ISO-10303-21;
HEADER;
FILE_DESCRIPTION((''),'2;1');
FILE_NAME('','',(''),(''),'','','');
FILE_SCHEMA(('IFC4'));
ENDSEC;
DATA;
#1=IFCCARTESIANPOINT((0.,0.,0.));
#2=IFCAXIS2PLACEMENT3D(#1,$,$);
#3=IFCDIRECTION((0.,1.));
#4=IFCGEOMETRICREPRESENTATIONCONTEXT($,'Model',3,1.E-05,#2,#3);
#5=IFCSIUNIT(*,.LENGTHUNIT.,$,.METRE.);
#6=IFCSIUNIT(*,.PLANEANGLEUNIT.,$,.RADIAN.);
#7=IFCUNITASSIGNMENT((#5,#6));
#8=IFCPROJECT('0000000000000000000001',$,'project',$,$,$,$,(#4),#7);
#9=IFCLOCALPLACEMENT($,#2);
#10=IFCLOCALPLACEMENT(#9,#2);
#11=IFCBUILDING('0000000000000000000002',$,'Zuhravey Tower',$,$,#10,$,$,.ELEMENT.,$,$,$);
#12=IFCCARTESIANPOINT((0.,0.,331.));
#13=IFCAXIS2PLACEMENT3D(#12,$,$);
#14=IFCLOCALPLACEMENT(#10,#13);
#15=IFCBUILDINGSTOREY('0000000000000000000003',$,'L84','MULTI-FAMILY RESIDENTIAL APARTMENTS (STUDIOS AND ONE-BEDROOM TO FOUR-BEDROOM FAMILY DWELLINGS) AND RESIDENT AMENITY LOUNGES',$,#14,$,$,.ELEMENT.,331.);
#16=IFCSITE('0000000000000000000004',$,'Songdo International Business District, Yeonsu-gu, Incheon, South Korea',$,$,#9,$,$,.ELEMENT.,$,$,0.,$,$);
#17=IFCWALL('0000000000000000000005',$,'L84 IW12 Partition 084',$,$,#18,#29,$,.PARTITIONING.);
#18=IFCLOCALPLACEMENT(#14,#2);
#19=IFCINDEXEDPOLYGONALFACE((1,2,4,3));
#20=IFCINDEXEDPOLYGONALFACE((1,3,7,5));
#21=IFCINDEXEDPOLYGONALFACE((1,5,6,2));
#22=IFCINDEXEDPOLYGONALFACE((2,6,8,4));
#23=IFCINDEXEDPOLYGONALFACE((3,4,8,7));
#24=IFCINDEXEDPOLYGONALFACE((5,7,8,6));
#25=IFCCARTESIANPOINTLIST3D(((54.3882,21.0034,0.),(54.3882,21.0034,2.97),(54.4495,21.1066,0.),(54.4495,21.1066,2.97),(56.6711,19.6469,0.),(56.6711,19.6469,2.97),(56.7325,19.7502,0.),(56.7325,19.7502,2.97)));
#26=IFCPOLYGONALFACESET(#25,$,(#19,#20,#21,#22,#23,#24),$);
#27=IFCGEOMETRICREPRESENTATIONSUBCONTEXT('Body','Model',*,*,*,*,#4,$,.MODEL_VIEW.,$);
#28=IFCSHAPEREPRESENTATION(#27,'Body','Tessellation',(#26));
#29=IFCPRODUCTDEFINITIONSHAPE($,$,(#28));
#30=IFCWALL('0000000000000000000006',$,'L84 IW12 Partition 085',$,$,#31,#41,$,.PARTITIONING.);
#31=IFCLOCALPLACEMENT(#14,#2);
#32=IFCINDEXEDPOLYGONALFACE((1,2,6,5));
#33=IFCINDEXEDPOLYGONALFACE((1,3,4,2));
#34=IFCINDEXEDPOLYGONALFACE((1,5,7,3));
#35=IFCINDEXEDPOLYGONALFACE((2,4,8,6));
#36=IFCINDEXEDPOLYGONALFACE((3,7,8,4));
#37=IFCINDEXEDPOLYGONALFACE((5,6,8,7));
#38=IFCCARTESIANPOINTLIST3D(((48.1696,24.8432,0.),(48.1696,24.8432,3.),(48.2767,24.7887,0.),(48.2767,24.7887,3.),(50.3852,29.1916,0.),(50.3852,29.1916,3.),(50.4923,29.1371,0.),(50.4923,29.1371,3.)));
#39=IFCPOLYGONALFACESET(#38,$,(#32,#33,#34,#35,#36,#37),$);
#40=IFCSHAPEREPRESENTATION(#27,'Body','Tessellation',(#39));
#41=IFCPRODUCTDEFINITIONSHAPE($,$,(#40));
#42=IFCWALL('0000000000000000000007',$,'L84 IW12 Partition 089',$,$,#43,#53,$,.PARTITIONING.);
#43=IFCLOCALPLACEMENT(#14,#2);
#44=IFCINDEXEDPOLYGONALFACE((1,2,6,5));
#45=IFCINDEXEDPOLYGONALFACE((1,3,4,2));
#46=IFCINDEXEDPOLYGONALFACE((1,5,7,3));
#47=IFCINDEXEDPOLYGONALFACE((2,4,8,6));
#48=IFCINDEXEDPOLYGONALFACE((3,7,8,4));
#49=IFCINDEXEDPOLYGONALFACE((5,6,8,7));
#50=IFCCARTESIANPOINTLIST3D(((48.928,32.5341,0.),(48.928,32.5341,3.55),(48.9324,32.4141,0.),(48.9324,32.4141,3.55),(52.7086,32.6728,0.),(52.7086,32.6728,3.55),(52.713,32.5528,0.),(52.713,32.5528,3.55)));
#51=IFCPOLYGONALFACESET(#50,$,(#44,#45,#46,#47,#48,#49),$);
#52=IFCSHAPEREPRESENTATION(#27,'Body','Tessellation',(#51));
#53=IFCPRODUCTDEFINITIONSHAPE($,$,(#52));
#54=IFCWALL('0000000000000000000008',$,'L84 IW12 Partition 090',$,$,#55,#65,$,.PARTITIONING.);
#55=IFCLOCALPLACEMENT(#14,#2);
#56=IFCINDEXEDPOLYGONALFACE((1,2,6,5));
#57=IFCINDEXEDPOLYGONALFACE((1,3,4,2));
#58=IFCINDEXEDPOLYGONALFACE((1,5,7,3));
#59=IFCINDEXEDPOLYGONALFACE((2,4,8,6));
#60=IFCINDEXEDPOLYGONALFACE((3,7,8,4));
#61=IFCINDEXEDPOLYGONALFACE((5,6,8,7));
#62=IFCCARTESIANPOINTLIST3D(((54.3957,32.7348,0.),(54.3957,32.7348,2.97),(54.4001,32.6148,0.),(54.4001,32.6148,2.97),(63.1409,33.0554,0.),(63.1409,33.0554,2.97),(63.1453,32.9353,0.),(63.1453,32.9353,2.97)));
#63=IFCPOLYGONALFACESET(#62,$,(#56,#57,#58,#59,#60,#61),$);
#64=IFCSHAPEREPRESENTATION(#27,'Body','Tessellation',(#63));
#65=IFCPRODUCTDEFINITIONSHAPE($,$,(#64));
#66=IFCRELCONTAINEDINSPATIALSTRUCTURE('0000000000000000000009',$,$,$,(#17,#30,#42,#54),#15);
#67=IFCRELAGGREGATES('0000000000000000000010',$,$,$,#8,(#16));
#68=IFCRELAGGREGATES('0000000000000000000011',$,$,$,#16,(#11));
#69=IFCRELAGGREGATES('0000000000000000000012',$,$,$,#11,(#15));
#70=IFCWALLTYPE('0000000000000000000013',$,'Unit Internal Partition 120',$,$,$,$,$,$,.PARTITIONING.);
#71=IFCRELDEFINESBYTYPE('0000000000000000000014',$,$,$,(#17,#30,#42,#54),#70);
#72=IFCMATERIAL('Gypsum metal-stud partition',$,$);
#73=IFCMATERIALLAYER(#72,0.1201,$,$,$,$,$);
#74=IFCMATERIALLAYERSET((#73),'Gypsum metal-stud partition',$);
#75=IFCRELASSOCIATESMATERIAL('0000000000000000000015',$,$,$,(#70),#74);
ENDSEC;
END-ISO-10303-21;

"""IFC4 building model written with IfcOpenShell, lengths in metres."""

from ifc_helpers import new_model, si_unit, direction, frame, frame_2d, origin, place, context, subcontext, project, spatial, rectangle, extrude, material, layer, layer_set, type_object, element, save


model = new_model("IFC4")

# Units and contexts
model_context = context("Model", 3, precision=1e-05, world=origin(), true_north=direction((0.0, 1.0)))
body_context = subcontext(model_context, "Body", "Model", "MODEL_VIEW")
ifc_project = project(units=[si_unit("LENGTHUNIT", "METRE"), si_unit("PLANEANGLEUNIT", "RADIAN")], contexts=[model_context])

# Site, building, storey
site_placement = place(None, origin())
site = spatial("IfcSite", under=ifc_project, at=site_placement, Name="Songdo International Business District, Yeonsu-gu, Incheon, South Korea", CompositionType="ELEMENT", RefElevation=0.0)
building_placement = place(site_placement, origin())
building = spatial("IfcBuilding", under=site, at=building_placement, Name="Zuhravey Tower", CompositionType="ELEMENT")
storey_placement = place(building_placement, frame((0.0, 0.0, 331.0)))
storey = spatial("IfcBuildingStorey", under=building, at=storey_placement, Name="L84", Description="MULTI-FAMILY RESIDENTIAL APARTMENTS (STUDIOS AND ONE-BEDROOM TO FOUR-BEDROOM FAMILY DWELLINGS) AND RESIDENT AMENITY LOUNGES", CompositionType="ELEMENT", Elevation=331.0)

# Shared definitions
ifc_material_1 = material(Name="Gypsum metal-stud partition")
ifc_layer_1 = layer(ifc_material_1, 0.1201)
ifc_layer_set_1 = layer_set([ifc_layer_1], Name="Gypsum metal-stud partition")
wall_type_1 = type_object("IfcWallType", Name="Unit Internal Partition 120", PredefinedType="PARTITIONING", material=ifc_layer_set_1)

# Walls
wall_1_placement = place(storey_placement, frame((54.4189, 21.0549, 0.0), z_axis=(0.0, 0.0, 1.0), x_axis=(0.8597, -0.5108, 0.0)))
element("IfcWall", 1, at=wall_1_placement, inside=storey, type_object=wall_type_1, Name="L84 IW12 Partition 084", PredefinedType="PARTITIONING", context=body_context, shape_type="SweptSolid", body=[
    extrude(rectangle(XDim=2.6555, YDim=0.1201, at=frame_2d((1.3276, 0.0))), origin(), (0.0, 0.0, 1.0), 2.97),
])
wall_2_placement = place(storey_placement, frame((48.2231, 24.8159, 0.0), z_axis=(0.0, 0.0, 1.0), x_axis=(0.453984, 0.89101, 0.0)))
element("IfcWall", 2, at=wall_2_placement, inside=storey, type_object=wall_type_1, Name="L84 IW12 Partition 085", PredefinedType="PARTITIONING", context=body_context, shape_type="SweptSolid", body=[
    extrude(rectangle(XDim=4.8804, YDim=0.1201, at=frame_2d((2.4402, 0.0))), origin(), (0.0, 0.0, 1.0), 3.0),
])
wall_3_placement = place(storey_placement, frame((48.9302, 32.4741, 0.0), z_axis=(0.0, 0.0, 1.0), x_axis=(0.999328, 0.036654, 0.0)))
element("IfcWall", 3, at=wall_3_placement, inside=storey, type_object=wall_type_1, Name="L84 IW12 Partition 089", PredefinedType="PARTITIONING", context=body_context, shape_type="SweptSolid", body=[
    extrude(rectangle(XDim=3.7832, YDim=0.1201, at=frame_2d((1.8916, 0.0))), origin(), (0.0, 0.0, 1.0), 3.55),
])
wall_4_placement = place(storey_placement, frame((54.3979, 32.6748, 0.0), z_axis=(0.0, 0.0, 1.0), x_axis=(0.999329, 0.036631, 0.0)))
element("IfcWall", 4, at=wall_4_placement, inside=storey, type_object=wall_type_1, Name="L84 IW12 Partition 090", PredefinedType="PARTITIONING", context=body_context, shape_type="SweptSolid", body=[
    extrude(rectangle(XDim=8.751, YDim=0.1201, at=frame_2d((4.3755, 0.0))), origin(), (0.0, 0.0, 1.0), 2.97),
])

save(model, "model.ifc")
